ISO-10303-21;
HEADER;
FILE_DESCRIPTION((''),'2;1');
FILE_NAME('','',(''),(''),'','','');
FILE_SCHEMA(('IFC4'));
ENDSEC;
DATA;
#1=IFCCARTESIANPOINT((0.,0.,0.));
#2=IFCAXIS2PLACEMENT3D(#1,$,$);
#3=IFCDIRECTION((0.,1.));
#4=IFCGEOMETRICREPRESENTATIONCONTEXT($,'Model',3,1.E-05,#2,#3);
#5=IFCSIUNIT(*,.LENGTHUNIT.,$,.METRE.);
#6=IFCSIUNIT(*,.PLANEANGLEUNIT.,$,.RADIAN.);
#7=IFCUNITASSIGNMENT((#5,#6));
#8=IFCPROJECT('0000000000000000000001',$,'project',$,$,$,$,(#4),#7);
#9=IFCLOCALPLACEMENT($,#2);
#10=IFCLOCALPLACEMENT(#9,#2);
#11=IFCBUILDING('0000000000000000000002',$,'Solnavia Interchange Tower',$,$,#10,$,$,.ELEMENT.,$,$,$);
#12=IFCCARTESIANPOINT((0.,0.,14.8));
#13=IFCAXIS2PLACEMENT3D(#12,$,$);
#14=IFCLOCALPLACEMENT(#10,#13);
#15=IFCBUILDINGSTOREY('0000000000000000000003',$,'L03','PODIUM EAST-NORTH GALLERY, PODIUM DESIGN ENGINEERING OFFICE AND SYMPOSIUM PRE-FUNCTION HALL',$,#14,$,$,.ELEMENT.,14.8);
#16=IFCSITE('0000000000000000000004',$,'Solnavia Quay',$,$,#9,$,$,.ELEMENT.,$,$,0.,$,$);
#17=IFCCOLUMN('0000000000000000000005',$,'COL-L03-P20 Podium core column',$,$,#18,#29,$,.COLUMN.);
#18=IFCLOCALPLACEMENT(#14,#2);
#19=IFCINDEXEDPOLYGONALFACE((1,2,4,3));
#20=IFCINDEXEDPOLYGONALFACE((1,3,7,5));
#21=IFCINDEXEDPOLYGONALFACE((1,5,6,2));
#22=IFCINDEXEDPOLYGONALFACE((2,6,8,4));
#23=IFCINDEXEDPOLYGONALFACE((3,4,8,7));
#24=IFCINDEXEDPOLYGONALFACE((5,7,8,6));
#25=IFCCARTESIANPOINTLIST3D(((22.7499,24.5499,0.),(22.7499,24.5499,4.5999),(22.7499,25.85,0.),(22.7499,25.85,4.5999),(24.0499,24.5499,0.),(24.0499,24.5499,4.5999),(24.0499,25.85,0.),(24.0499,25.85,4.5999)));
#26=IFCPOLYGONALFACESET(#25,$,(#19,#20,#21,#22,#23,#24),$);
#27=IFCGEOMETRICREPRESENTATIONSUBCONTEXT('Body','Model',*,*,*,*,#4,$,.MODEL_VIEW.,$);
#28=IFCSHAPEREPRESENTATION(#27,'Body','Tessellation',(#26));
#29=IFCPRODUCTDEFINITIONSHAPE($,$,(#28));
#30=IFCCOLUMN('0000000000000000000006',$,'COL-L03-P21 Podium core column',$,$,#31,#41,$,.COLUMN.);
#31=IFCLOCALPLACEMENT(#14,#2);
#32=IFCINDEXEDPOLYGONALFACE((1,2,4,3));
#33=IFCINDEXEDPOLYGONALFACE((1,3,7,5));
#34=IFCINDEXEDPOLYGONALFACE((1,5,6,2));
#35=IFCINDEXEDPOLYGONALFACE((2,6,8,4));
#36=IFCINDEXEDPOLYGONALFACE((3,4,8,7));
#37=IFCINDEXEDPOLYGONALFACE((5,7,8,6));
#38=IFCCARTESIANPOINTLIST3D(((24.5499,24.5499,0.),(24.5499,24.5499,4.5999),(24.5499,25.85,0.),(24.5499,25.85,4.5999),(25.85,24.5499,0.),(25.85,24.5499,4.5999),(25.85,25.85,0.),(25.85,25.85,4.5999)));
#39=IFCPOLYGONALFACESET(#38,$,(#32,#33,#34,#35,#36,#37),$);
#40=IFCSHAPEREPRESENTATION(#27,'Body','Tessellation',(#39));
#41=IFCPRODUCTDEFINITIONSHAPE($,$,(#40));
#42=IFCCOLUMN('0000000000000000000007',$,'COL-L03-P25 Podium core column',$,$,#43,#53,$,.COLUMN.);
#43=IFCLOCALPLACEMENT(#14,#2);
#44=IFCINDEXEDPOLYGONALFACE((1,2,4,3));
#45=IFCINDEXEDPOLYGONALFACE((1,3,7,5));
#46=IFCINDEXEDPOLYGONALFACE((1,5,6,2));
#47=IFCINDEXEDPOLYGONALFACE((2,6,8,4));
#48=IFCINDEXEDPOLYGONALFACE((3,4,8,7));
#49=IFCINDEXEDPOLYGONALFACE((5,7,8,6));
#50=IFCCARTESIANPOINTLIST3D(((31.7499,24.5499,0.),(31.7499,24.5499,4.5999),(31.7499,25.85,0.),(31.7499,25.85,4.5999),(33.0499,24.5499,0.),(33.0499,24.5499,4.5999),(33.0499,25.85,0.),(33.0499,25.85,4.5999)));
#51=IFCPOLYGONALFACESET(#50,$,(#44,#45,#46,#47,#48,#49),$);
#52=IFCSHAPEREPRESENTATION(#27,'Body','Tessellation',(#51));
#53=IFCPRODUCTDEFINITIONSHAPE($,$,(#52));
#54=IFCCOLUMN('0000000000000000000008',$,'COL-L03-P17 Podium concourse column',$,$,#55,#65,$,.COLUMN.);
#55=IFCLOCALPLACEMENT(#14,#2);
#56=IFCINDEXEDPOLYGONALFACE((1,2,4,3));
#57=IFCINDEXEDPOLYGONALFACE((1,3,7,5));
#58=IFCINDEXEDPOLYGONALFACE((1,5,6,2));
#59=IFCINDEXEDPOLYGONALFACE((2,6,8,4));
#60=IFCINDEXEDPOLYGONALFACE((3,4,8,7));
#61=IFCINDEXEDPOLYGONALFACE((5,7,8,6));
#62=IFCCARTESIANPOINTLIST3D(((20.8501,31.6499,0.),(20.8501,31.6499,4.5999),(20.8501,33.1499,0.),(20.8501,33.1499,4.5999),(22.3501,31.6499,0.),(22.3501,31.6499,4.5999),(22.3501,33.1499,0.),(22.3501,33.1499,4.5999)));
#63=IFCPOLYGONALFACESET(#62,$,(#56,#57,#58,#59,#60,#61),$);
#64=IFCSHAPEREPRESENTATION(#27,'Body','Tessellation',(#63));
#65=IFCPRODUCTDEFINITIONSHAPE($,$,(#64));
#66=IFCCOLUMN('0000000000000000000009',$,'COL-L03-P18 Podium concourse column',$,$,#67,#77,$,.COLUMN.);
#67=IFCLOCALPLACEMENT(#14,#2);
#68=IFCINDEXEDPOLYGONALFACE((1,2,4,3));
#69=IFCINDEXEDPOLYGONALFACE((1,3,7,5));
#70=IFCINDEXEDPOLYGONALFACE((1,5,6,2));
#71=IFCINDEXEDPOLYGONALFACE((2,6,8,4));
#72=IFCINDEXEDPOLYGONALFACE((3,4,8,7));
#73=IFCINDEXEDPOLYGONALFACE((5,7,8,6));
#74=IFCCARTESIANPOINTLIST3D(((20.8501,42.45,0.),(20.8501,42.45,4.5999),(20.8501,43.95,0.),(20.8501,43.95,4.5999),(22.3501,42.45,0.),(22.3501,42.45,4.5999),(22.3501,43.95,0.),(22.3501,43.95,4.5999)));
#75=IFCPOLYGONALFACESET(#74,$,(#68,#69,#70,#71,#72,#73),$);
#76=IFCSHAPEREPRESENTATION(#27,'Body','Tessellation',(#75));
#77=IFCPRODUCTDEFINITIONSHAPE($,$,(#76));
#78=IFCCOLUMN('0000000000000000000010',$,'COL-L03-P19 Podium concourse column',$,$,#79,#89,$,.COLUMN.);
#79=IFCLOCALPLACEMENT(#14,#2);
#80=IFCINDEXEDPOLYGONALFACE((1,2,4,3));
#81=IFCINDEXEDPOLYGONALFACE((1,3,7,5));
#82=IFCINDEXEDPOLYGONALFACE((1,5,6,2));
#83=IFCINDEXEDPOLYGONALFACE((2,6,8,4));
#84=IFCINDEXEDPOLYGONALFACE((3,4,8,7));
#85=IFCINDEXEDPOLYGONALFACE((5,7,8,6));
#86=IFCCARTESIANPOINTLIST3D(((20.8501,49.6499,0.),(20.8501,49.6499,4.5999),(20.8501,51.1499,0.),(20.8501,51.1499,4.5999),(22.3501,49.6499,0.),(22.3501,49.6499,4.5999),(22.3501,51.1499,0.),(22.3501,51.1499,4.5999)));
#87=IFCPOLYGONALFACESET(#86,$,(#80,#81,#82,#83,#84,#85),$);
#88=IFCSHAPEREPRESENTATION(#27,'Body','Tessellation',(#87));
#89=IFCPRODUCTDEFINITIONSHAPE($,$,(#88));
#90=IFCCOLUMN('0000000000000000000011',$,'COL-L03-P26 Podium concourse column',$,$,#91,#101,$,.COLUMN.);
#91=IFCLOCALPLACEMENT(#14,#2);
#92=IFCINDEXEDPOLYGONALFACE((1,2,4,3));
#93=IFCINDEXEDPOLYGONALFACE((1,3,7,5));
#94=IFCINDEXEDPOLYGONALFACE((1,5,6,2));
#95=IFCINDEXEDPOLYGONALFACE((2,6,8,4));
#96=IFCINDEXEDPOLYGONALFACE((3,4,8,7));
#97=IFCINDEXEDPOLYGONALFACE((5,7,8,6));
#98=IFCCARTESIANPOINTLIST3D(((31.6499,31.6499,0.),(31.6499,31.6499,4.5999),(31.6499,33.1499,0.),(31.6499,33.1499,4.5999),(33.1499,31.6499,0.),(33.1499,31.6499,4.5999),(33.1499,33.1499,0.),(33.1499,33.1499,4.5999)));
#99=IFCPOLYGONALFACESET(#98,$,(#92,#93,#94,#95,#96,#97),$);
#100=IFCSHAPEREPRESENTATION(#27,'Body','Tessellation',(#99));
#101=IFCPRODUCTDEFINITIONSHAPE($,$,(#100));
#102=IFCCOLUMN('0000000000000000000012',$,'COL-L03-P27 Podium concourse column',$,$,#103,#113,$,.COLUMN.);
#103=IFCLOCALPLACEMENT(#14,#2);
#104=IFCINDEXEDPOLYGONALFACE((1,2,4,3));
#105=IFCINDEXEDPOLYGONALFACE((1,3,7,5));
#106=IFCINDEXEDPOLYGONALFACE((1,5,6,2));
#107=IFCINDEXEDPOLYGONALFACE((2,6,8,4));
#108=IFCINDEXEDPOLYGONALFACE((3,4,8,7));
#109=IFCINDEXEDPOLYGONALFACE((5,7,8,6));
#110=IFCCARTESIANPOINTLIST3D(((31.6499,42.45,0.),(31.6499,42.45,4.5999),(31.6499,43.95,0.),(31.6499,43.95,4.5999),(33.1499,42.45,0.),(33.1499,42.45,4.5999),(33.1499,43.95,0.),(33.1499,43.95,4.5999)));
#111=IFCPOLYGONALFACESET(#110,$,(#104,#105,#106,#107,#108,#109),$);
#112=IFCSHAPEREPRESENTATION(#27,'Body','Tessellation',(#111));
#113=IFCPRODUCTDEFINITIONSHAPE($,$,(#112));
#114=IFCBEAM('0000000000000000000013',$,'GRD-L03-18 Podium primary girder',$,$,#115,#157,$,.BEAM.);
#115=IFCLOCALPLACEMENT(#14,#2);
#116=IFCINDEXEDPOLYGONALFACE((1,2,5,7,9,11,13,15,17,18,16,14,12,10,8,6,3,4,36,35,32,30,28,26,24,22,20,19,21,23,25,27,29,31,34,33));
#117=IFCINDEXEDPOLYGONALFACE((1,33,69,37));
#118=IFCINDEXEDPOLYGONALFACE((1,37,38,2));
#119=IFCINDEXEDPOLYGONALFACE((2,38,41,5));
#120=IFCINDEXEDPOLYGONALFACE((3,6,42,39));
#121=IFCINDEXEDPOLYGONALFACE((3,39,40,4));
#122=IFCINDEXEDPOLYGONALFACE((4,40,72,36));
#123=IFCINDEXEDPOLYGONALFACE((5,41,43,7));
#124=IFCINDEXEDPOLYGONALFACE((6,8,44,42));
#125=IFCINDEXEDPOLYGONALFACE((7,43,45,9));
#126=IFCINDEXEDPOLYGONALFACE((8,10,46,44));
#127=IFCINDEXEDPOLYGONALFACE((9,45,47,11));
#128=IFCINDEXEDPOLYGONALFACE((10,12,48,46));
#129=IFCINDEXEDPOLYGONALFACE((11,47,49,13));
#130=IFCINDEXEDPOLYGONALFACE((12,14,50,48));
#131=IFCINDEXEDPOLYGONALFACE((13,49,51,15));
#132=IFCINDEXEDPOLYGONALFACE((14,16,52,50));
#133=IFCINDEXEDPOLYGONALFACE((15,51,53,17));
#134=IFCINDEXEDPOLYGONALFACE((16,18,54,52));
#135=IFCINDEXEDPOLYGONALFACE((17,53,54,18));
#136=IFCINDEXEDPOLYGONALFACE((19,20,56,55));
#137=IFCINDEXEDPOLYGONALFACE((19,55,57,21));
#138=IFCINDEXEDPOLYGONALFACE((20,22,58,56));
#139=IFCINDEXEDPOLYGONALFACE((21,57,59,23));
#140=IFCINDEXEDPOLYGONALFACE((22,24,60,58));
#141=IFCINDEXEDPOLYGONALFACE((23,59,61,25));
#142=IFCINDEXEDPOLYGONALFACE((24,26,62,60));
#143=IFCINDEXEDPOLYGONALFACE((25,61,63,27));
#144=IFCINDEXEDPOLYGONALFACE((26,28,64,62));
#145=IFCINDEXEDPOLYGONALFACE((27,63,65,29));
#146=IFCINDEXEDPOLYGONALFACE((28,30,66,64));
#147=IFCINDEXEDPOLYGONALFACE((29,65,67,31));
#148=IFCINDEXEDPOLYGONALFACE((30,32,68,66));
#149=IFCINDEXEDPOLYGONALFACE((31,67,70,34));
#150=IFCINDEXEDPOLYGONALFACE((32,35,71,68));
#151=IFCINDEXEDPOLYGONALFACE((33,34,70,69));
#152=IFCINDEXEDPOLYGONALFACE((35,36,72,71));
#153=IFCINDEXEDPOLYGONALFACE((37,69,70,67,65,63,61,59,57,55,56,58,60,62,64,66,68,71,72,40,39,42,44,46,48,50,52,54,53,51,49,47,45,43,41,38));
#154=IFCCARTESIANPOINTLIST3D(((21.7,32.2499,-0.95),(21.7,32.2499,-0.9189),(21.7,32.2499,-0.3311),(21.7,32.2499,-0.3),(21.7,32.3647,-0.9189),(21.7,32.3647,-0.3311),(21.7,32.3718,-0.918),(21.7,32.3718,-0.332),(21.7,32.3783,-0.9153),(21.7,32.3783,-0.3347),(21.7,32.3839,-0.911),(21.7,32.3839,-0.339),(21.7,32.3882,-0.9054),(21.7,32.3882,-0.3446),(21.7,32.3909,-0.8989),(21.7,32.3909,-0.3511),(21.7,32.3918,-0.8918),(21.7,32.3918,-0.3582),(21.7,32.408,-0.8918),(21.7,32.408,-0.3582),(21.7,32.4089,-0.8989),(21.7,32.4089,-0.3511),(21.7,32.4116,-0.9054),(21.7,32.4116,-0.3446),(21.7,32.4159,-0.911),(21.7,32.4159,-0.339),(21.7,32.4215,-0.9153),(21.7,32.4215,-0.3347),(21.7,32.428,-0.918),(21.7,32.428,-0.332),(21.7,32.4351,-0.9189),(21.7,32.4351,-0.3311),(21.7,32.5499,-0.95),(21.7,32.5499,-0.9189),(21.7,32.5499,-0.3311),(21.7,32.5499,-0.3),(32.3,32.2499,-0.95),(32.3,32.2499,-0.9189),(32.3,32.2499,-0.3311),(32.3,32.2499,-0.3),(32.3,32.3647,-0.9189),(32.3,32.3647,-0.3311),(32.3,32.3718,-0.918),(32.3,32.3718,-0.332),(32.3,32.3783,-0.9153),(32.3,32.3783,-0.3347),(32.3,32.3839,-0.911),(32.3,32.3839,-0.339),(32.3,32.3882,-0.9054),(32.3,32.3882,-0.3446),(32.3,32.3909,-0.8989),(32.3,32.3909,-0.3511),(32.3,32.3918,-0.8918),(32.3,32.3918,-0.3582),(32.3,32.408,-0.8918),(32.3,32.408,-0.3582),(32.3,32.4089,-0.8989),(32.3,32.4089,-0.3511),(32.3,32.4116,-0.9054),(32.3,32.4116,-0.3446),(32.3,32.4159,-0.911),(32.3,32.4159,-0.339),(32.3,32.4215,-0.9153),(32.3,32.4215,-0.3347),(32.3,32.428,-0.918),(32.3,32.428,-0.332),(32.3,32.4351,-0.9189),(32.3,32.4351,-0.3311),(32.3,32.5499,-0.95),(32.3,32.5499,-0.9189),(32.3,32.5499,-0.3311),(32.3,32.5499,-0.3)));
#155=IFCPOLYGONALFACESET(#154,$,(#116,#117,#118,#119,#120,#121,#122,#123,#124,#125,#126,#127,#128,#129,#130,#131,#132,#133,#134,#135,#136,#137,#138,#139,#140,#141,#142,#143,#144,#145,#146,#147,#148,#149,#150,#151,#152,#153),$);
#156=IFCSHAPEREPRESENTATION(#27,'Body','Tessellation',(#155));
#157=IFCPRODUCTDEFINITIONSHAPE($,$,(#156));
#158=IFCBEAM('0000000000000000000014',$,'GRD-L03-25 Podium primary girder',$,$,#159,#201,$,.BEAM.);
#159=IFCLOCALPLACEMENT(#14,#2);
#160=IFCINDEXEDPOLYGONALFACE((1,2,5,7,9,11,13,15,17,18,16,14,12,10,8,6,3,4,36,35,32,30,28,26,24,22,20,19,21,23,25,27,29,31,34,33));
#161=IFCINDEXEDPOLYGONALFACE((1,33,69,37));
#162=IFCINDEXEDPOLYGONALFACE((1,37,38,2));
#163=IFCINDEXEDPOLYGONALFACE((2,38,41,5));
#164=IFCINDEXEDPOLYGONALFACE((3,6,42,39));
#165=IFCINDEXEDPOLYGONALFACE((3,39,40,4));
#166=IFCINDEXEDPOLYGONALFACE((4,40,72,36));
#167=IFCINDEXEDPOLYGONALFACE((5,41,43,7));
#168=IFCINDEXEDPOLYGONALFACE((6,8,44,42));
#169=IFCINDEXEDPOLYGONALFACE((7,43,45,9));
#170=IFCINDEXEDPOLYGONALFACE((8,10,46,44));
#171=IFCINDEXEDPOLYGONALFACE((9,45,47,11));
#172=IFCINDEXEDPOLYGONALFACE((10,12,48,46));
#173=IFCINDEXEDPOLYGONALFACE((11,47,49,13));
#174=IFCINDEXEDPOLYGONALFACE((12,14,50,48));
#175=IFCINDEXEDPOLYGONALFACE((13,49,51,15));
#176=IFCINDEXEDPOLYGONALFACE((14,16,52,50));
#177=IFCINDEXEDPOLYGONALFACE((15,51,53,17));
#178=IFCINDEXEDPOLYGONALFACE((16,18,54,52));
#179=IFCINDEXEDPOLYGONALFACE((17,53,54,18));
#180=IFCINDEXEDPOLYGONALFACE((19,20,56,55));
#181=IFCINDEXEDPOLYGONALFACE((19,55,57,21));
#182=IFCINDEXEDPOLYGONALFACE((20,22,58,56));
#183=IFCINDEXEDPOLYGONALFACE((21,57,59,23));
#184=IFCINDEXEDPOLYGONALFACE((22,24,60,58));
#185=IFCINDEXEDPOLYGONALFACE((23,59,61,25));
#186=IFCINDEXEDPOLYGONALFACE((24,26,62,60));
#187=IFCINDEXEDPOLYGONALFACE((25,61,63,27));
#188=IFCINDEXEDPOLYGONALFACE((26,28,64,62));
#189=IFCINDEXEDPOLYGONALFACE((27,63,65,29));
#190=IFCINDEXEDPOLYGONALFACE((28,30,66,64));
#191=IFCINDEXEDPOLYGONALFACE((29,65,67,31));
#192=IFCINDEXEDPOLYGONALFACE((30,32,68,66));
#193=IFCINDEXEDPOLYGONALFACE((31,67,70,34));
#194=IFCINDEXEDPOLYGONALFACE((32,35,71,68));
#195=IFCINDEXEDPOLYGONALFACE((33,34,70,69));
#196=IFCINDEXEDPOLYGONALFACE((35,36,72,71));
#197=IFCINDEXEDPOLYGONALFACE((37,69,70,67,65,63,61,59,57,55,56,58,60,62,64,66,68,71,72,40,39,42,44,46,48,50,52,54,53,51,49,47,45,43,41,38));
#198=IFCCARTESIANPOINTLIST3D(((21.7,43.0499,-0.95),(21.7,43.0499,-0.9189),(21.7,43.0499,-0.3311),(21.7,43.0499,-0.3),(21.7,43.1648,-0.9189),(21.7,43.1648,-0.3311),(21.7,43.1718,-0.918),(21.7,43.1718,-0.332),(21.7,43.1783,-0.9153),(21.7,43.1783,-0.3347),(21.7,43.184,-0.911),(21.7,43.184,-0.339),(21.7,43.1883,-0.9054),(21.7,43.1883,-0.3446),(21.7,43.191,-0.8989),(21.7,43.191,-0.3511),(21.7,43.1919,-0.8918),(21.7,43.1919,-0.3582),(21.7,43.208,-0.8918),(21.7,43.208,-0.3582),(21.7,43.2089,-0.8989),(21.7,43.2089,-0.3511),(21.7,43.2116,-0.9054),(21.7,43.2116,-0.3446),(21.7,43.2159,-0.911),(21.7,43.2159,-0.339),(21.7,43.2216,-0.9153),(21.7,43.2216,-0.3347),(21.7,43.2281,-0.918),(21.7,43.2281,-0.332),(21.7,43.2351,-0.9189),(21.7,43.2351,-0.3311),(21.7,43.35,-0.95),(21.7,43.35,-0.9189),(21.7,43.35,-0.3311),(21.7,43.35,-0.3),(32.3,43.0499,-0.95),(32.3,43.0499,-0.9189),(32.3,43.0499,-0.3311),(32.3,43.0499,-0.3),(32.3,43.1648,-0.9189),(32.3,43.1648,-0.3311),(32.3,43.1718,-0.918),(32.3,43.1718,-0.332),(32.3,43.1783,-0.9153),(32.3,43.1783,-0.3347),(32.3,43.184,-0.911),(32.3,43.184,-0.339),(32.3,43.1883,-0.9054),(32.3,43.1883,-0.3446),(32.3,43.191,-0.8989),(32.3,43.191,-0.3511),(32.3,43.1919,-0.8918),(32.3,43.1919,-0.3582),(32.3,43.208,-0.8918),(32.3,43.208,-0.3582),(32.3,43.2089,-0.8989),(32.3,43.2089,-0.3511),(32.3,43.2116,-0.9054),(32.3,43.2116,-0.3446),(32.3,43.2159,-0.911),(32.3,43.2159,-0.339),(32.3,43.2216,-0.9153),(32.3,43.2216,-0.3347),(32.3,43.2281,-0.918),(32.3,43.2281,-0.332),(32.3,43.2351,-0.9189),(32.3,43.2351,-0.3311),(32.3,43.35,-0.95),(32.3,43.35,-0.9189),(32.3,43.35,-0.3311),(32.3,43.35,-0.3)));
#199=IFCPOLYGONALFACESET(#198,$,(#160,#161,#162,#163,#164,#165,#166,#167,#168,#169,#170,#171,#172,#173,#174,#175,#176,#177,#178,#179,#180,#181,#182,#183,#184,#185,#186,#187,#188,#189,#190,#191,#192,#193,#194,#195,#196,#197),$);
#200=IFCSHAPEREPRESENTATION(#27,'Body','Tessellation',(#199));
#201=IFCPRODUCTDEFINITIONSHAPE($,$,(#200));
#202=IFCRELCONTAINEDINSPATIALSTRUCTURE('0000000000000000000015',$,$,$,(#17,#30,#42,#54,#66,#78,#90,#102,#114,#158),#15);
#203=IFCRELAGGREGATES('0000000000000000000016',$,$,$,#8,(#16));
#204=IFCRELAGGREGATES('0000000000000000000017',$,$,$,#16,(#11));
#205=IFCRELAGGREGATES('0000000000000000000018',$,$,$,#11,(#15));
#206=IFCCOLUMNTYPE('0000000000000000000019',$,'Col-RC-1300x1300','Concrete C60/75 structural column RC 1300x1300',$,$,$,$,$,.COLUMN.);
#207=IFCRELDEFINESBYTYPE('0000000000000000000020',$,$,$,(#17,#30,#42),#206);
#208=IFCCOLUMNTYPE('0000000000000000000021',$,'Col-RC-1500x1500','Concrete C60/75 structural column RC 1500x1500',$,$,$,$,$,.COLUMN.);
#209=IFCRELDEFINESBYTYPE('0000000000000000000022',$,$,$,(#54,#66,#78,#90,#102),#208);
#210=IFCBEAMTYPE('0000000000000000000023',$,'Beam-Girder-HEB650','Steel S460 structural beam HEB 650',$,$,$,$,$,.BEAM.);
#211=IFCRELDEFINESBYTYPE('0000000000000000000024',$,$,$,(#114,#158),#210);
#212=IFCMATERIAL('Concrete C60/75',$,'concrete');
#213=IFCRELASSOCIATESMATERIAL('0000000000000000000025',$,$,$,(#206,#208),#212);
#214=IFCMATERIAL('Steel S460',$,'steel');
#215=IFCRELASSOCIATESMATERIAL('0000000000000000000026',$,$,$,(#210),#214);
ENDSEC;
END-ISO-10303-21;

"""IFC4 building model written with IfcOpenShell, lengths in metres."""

from ifc_helpers import new_model, si_unit, direction, frame, origin, origin_2d, place, context, subcontext, project, spatial, rectangle, i_section, extrude, material, material_profile, profile_set, type_object, element, save


model = new_model("IFC4")

# Units and contexts
model_context = context("Model", 3, precision=1e-05, world=origin(), true_north=direction((0.0, 1.0)))
body_context = subcontext(model_context, "Body", "Model", "MODEL_VIEW")
ifc_project = project(units=[si_unit("LENGTHUNIT", "METRE"), si_unit("PLANEANGLEUNIT", "RADIAN")], contexts=[model_context])

# Site, building, storey
site_placement = place(None, origin())
site = spatial("IfcSite", under=ifc_project, at=site_placement, Name="Solnavia Quay", CompositionType="ELEMENT", RefElevation=0.0)
building_placement = place(site_placement, origin())
building = spatial("IfcBuilding", under=site, at=building_placement, Name="Solnavia Interchange Tower", CompositionType="ELEMENT")
storey_placement = place(building_placement, frame((0.0, 0.0, 14.8)))
storey = spatial("IfcBuildingStorey", under=building, at=storey_placement, Name="L03", Description="PODIUM EAST-NORTH GALLERY, PODIUM DESIGN ENGINEERING OFFICE AND SYMPOSIUM PRE-FUNCTION HALL", CompositionType="ELEMENT", Elevation=14.8)

# Columns
ifc_material_1 = material(Name="Concrete C60/75", Category="concrete")
ifc_material_profile_1 = material_profile(ifc_material_1, rectangle(XDim=1.3, YDim=1.3, at=origin_2d()), Name="RC 1300x1300")
ifc_profile_set_1 = profile_set([ifc_material_profile_1], Name="Concrete C60/75")
column_type_1 = type_object("IfcColumnType", Name="Col-RC-1300x1300", Description="Concrete C60/75 structural column RC 1300x1300", PredefinedType="COLUMN", material=ifc_profile_set_1)
for number, where, z_axis, x_axis, name in (
    (1, (23.3999, 25.2, 0.0), (0.0, 0.0, 1.0), (1.0, 0.0, 0.0), "COL-L03-P20 Podium core column"),
    (2, (25.2, 25.2, 0.0), (0.0, 0.0, 1.0), (1.0, 0.0, 0.0), "COL-L03-P21 Podium core column"),
    (3, (32.3999, 25.2, 0.0), (0.0, 0.0, 1.0), (1.0, 0.0, 0.0), "COL-L03-P25 Podium core column"),
):
    element("IfcColumn", number, at=place(storey_placement, frame(where, z_axis=z_axis, x_axis=x_axis)), inside=storey, type_object=column_type_1, Name=name, PredefinedType="COLUMN", context=body_context, shape_type="SweptSolid", body=[
        extrude(rectangle(XDim=1.3, YDim=1.3, at=origin_2d()), origin(), (0.0, 0.0, 1.0), 4.5999),
    ])
ifc_material_profile_2 = material_profile(ifc_material_1, rectangle(XDim=1.5, YDim=1.5, at=origin_2d()), Name="RC 1500x1500")
ifc_profile_set_2 = profile_set([ifc_material_profile_2], Name="Concrete C60/75")
column_type_2 = type_object("IfcColumnType", Name="Col-RC-1500x1500", Description="Concrete C60/75 structural column RC 1500x1500", PredefinedType="COLUMN", material=ifc_profile_set_2)
for number, where, z_axis, x_axis, name in (
    (4, (21.6001, 32.3999, 0.0), (0.0, 0.0, 1.0), (1.0, 0.0, 0.0), "COL-L03-P17 Podium concourse column"),
    (5, (21.6001, 43.2, 0.0), (0.0, 0.0, 1.0), (1.0, 0.0, 0.0), "COL-L03-P18 Podium concourse column"),
    (6, (21.6001, 50.3999, 0.0), (0.0, 0.0, 1.0), (1.0, 0.0, 0.0), "COL-L03-P19 Podium concourse column"),
    (7, (32.3999, 32.3999, 0.0), (0.0, 0.0, 1.0), (1.0, 0.0, 0.0), "COL-L03-P26 Podium concourse column"),
    (8, (32.3999, 43.2, 0.0), (0.0, 0.0, 1.0), (1.0, 0.0, 0.0), "COL-L03-P27 Podium concourse column"),
):
    element("IfcColumn", number, at=place(storey_placement, frame(where, z_axis=z_axis, x_axis=x_axis)), inside=storey, type_object=column_type_2, Name=name, PredefinedType="COLUMN", context=body_context, shape_type="SweptSolid", body=[
        extrude(rectangle(XDim=1.5, YDim=1.5, at=origin_2d()), origin(), (0.0, 0.0, 1.0), 4.5999),
    ])

# Beams
ifc_material_2 = material(Name="Steel S460", Category="steel")
ifc_material_profile_3 = material_profile(ifc_material_2, i_section(OverallWidth=0.3, OverallDepth=0.6499, WebThickness=0.0161, FlangeThickness=0.031, FilletRadius=0.0271, at=origin_2d()), Name="HEB 650")
ifc_profile_set_3 = profile_set([ifc_material_profile_3], Name="Steel S460")
beam_type_1 = type_object("IfcBeamType", Name="Beam-Girder-HEB650", Description="Steel S460 structural beam HEB 650", PredefinedType="BEAM", material=ifc_profile_set_3)
for number, where, z_axis, x_axis, name in (
    (9, (21.7, 32.3999, -0.625), (1.0, 0.0, 0.0), (0.0, 1.0, 0.0), "GRD-L03-18 Podium primary girder"),
    (10, (21.7, 43.2, -0.625), (1.0, 0.0, 0.0), (0.0, 1.0, 0.0), "GRD-L03-25 Podium primary girder"),
):
    element("IfcBeam", number, at=place(storey_placement, frame(where, z_axis=z_axis, x_axis=x_axis)), inside=storey, type_object=beam_type_1, Name=name, PredefinedType="BEAM", context=body_context, shape_type="SweptSolid", body=[
        extrude(i_section(OverallWidth=0.3, OverallDepth=0.6499, WebThickness=0.0161, FlangeThickness=0.031, FilletRadius=0.0271, at=origin_2d()), origin(), (0.0, 0.0, 1.0), 10.6001),
    ])

save(model, "model.ifc")
